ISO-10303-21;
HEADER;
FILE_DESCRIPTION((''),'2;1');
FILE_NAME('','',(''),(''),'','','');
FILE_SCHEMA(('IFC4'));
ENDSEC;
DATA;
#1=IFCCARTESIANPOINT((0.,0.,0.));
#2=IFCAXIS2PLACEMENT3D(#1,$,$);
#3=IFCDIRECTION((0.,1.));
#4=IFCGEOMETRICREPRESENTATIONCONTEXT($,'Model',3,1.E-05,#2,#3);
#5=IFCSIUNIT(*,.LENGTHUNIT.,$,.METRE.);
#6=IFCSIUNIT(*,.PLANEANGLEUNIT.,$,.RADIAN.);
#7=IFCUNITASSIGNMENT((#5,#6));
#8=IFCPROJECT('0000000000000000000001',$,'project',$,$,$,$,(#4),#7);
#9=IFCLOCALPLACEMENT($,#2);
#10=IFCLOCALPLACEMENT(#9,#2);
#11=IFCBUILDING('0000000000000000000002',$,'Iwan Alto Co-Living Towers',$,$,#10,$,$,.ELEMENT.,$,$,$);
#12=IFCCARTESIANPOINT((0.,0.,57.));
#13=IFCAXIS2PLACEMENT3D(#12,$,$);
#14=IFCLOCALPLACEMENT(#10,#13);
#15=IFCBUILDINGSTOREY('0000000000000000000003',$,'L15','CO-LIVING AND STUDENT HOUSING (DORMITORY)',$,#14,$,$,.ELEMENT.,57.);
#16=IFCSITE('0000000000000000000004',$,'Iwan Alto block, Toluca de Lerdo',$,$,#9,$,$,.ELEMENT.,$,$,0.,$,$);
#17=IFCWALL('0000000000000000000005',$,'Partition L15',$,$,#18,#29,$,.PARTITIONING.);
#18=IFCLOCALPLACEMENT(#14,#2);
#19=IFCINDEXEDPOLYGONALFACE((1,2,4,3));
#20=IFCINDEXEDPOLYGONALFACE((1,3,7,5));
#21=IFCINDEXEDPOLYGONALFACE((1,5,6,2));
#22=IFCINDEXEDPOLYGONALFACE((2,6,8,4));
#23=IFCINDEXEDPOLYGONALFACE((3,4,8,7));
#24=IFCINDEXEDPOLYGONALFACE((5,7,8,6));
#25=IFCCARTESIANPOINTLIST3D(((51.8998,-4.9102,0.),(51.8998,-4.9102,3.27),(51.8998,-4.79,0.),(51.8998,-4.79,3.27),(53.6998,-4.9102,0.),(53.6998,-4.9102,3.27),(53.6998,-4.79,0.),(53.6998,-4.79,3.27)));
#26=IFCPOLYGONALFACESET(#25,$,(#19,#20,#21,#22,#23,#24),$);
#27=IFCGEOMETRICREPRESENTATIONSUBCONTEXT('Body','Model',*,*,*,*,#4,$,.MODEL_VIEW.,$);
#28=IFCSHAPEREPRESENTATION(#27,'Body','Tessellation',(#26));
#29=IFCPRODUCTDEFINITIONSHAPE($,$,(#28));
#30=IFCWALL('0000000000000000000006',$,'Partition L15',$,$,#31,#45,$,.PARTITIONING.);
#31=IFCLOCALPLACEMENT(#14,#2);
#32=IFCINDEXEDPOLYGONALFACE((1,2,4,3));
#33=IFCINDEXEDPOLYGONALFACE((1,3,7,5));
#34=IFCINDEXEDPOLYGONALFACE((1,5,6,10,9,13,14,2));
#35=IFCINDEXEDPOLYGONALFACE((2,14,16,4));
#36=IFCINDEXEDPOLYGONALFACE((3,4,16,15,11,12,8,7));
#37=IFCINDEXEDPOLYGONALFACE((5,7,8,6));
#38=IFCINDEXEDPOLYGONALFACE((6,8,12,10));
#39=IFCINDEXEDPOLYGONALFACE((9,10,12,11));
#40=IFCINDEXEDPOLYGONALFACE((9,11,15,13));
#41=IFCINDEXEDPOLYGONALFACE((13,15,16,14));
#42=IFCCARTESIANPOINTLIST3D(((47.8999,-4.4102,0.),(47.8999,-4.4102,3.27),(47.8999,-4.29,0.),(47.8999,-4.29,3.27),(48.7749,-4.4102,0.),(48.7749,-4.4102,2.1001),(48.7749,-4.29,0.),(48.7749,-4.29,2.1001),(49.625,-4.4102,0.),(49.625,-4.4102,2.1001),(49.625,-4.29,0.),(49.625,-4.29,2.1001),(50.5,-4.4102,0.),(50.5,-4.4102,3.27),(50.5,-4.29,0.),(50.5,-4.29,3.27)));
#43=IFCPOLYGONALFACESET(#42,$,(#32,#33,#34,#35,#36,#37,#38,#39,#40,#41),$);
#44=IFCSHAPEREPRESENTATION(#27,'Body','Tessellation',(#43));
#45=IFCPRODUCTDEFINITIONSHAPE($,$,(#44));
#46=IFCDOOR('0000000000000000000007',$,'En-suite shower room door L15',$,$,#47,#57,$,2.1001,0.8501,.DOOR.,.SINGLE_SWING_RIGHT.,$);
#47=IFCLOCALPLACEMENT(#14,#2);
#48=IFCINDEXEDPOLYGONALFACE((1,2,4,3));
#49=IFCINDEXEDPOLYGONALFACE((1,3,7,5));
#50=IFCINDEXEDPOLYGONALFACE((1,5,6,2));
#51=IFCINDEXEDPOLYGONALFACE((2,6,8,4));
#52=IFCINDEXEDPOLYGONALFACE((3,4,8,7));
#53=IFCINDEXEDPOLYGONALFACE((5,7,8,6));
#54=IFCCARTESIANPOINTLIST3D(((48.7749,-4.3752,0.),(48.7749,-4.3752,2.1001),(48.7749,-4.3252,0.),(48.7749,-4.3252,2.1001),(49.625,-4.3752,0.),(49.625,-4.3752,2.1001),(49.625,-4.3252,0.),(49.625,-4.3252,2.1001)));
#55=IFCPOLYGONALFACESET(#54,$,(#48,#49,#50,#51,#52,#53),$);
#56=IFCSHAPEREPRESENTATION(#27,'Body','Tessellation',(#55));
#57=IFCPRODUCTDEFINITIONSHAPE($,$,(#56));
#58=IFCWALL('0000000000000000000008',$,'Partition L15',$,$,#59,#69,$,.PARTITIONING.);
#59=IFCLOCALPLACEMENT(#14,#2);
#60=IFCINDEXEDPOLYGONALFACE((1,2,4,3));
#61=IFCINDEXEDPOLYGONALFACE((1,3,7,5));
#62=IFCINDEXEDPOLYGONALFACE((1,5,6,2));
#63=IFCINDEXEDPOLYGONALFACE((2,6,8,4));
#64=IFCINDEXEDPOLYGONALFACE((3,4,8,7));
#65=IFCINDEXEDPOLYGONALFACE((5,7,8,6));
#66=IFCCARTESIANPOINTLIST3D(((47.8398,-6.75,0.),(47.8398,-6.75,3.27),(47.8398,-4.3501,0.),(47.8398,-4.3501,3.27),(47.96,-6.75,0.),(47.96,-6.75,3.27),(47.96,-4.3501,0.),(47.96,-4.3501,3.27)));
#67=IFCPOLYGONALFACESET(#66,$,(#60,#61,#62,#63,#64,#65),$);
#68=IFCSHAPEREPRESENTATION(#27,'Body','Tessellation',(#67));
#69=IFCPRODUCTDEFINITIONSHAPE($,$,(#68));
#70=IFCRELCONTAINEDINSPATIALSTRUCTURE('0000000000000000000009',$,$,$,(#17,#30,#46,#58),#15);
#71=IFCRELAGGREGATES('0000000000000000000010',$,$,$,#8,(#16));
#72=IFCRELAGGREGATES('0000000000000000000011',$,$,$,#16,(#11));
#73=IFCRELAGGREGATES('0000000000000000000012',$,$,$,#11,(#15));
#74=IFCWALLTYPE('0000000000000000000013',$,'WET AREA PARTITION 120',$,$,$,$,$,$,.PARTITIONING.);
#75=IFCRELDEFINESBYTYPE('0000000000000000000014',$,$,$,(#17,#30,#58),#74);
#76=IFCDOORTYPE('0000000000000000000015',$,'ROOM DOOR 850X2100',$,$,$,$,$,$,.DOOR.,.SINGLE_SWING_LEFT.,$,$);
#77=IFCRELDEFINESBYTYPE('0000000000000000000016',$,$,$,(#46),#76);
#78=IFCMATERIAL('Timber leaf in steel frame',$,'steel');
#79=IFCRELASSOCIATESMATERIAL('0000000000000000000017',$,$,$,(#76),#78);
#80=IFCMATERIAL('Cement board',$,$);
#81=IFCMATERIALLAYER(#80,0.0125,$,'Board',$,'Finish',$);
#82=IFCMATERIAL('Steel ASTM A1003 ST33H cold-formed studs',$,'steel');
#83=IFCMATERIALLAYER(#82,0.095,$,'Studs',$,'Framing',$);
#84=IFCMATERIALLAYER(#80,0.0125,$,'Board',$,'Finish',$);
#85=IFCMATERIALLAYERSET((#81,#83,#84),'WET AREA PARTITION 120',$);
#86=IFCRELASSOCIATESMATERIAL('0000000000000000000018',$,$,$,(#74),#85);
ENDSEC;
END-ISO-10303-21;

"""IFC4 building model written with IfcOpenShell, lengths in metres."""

from ifc_helpers import new_model, si_unit, direction, frame, frame_2d, origin, place, context, subcontext, project, spatial, rectangle, extrude, material, layer, layer_set, type_object, element, fill, save


model = new_model("IFC4")

# Units and contexts
model_context = context("Model", 3, precision=1e-05, world=origin(), true_north=direction((0.0, 1.0)))
body_context = subcontext(model_context, "Body", "Model", "MODEL_VIEW")
ifc_project = project(units=[si_unit("LENGTHUNIT", "METRE"), si_unit("PLANEANGLEUNIT", "RADIAN")], contexts=[model_context])

# Site, building, storey
site_placement = place(None, origin())
site = spatial("IfcSite", under=ifc_project, at=site_placement, Name="Iwan Alto block, Toluca de Lerdo", CompositionType="ELEMENT", RefElevation=0.0)
building_placement = place(site_placement, origin())
building = spatial("IfcBuilding", under=site, at=building_placement, Name="Iwan Alto Co-Living Towers", CompositionType="ELEMENT")
storey_placement = place(building_placement, frame((0.0, 0.0, 57.0)))
storey = spatial("IfcBuildingStorey", under=building, at=storey_placement, Name="L15", Description="CO-LIVING AND STUDENT HOUSING (DORMITORY)", CompositionType="ELEMENT", Elevation=57.0)

# Shared definitions
ifc_material_1 = material(Name="Steel ASTM A1003 ST33H cold-formed studs", Category="steel")

# Shared definitions
ifc_material_2 = material(Name="Timber leaf in steel frame", Category="steel")
door_type_1 = type_object("IfcDoorType", Name="ROOM DOOR 850X2100", OperationType="SINGLE_SWING_LEFT", PredefinedType="DOOR", material=ifc_material_2)

# Wall
ifc_material_3 = material(Name="Cement board")
ifc_layer_1 = layer(ifc_material_3, 0.0125, Name="Board", Category="Finish")
ifc_layer_2 = layer(ifc_material_1, 0.095, Name="Studs", Category="Framing")
ifc_layer_3 = layer(ifc_material_3, 0.0125, Name="Board", Category="Finish")
ifc_layer_set_1 = layer_set([ifc_layer_1, ifc_layer_2, ifc_layer_3], Name="WET AREA PARTITION 120")
wall_type_1 = type_object("IfcWallType", Name="WET AREA PARTITION 120", PredefinedType="PARTITIONING", material=ifc_layer_set_1)
wall_1_placement = place(storey_placement, frame((51.8999, -4.8501, 0.0), z_axis=(0.0, 0.0, 1.0), x_axis=(1.0, 0.0, 0.0)))
element("IfcWall", 1, at=wall_1_placement, inside=storey, type_object=wall_type_1, Name="Partition L15", PredefinedType="PARTITIONING", context=body_context, shape_type="SweptSolid", body=[
    extrude(rectangle(XDim=1.8, YDim=0.1201, at=frame_2d((0.8999, 0.0))), origin(), (0.0, 0.0, 1.0), 3.27),
])

# Wall, opening, door
wall_2_placement = place(storey_placement, frame((47.8999, -4.3501, 0.0), z_axis=(0.0, 0.0, 1.0), x_axis=(1.0, 0.0, 0.0)))
wall_2 = element("IfcWall", 2, at=wall_2_placement, inside=storey, type_object=wall_type_1, Name="Partition L15", PredefinedType="PARTITIONING", context=body_context, shape_type="SweptSolid", body=[
    extrude(rectangle(XDim=2.6001, YDim=0.1201, at=frame_2d((1.3, 0.0))), origin(), (0.0, 0.0, 1.0), 3.27),
])
opening_1_placement = place(wall_2_placement, frame((0.875, 0.0, 0.0)))
opening_1 = element("IfcOpeningElement", 3, at=opening_1_placement, cuts=wall_2, PredefinedType="OPENING", context=body_context, shape_type="SweptSolid", body=[
    extrude(rectangle(XDim=0.8501, YDim=2.1001, at=frame_2d((0.425, 1.05))), frame((0.0, 0.0701, 0.0), z_axis=(0.0, -1.0, 0.0), x_axis=(1.0, 0.0, 0.0)), (0.0, 0.0, 1.0), 0.1401),
])
door_1_placement = place(opening_1_placement, origin())
door_1 = element("IfcDoor", 4, at=door_1_placement, inside=storey, type_object=door_type_1, Name="En-suite shower room door L15", OperationType="SINGLE_SWING_RIGHT", OverallHeight=2.1001, OverallWidth=0.8501, PredefinedType="DOOR", context=body_context, shape_type="SweptSolid", body=[
    extrude(rectangle(XDim=0.8501, YDim=2.1001, at=frame_2d((0.425, 1.05))), frame((0.0, 0.0249, 0.0), z_axis=(0.0, -1.0, 0.0), x_axis=(1.0, 0.0, 0.0)), (0.0, 0.0, 1.0), 0.05),
])
fill(opening_1, door_1)

# Wall
wall_3_placement = place(storey_placement, frame((47.8999, -6.75, 0.0), z_axis=(0.0, 0.0, 1.0), x_axis=(0.0, 1.0, 0.0)))
element("IfcWall", 5, at=wall_3_placement, inside=storey, type_object=wall_type_1, Name="Partition L15", PredefinedType="PARTITIONING", context=body_context, shape_type="SweptSolid", body=[
    extrude(rectangle(XDim=2.3999, YDim=0.1201, at=frame_2d((1.2, 0.0))), origin(), (0.0, 0.0, 1.0), 3.27),
])

save(model, "model.ifc")
